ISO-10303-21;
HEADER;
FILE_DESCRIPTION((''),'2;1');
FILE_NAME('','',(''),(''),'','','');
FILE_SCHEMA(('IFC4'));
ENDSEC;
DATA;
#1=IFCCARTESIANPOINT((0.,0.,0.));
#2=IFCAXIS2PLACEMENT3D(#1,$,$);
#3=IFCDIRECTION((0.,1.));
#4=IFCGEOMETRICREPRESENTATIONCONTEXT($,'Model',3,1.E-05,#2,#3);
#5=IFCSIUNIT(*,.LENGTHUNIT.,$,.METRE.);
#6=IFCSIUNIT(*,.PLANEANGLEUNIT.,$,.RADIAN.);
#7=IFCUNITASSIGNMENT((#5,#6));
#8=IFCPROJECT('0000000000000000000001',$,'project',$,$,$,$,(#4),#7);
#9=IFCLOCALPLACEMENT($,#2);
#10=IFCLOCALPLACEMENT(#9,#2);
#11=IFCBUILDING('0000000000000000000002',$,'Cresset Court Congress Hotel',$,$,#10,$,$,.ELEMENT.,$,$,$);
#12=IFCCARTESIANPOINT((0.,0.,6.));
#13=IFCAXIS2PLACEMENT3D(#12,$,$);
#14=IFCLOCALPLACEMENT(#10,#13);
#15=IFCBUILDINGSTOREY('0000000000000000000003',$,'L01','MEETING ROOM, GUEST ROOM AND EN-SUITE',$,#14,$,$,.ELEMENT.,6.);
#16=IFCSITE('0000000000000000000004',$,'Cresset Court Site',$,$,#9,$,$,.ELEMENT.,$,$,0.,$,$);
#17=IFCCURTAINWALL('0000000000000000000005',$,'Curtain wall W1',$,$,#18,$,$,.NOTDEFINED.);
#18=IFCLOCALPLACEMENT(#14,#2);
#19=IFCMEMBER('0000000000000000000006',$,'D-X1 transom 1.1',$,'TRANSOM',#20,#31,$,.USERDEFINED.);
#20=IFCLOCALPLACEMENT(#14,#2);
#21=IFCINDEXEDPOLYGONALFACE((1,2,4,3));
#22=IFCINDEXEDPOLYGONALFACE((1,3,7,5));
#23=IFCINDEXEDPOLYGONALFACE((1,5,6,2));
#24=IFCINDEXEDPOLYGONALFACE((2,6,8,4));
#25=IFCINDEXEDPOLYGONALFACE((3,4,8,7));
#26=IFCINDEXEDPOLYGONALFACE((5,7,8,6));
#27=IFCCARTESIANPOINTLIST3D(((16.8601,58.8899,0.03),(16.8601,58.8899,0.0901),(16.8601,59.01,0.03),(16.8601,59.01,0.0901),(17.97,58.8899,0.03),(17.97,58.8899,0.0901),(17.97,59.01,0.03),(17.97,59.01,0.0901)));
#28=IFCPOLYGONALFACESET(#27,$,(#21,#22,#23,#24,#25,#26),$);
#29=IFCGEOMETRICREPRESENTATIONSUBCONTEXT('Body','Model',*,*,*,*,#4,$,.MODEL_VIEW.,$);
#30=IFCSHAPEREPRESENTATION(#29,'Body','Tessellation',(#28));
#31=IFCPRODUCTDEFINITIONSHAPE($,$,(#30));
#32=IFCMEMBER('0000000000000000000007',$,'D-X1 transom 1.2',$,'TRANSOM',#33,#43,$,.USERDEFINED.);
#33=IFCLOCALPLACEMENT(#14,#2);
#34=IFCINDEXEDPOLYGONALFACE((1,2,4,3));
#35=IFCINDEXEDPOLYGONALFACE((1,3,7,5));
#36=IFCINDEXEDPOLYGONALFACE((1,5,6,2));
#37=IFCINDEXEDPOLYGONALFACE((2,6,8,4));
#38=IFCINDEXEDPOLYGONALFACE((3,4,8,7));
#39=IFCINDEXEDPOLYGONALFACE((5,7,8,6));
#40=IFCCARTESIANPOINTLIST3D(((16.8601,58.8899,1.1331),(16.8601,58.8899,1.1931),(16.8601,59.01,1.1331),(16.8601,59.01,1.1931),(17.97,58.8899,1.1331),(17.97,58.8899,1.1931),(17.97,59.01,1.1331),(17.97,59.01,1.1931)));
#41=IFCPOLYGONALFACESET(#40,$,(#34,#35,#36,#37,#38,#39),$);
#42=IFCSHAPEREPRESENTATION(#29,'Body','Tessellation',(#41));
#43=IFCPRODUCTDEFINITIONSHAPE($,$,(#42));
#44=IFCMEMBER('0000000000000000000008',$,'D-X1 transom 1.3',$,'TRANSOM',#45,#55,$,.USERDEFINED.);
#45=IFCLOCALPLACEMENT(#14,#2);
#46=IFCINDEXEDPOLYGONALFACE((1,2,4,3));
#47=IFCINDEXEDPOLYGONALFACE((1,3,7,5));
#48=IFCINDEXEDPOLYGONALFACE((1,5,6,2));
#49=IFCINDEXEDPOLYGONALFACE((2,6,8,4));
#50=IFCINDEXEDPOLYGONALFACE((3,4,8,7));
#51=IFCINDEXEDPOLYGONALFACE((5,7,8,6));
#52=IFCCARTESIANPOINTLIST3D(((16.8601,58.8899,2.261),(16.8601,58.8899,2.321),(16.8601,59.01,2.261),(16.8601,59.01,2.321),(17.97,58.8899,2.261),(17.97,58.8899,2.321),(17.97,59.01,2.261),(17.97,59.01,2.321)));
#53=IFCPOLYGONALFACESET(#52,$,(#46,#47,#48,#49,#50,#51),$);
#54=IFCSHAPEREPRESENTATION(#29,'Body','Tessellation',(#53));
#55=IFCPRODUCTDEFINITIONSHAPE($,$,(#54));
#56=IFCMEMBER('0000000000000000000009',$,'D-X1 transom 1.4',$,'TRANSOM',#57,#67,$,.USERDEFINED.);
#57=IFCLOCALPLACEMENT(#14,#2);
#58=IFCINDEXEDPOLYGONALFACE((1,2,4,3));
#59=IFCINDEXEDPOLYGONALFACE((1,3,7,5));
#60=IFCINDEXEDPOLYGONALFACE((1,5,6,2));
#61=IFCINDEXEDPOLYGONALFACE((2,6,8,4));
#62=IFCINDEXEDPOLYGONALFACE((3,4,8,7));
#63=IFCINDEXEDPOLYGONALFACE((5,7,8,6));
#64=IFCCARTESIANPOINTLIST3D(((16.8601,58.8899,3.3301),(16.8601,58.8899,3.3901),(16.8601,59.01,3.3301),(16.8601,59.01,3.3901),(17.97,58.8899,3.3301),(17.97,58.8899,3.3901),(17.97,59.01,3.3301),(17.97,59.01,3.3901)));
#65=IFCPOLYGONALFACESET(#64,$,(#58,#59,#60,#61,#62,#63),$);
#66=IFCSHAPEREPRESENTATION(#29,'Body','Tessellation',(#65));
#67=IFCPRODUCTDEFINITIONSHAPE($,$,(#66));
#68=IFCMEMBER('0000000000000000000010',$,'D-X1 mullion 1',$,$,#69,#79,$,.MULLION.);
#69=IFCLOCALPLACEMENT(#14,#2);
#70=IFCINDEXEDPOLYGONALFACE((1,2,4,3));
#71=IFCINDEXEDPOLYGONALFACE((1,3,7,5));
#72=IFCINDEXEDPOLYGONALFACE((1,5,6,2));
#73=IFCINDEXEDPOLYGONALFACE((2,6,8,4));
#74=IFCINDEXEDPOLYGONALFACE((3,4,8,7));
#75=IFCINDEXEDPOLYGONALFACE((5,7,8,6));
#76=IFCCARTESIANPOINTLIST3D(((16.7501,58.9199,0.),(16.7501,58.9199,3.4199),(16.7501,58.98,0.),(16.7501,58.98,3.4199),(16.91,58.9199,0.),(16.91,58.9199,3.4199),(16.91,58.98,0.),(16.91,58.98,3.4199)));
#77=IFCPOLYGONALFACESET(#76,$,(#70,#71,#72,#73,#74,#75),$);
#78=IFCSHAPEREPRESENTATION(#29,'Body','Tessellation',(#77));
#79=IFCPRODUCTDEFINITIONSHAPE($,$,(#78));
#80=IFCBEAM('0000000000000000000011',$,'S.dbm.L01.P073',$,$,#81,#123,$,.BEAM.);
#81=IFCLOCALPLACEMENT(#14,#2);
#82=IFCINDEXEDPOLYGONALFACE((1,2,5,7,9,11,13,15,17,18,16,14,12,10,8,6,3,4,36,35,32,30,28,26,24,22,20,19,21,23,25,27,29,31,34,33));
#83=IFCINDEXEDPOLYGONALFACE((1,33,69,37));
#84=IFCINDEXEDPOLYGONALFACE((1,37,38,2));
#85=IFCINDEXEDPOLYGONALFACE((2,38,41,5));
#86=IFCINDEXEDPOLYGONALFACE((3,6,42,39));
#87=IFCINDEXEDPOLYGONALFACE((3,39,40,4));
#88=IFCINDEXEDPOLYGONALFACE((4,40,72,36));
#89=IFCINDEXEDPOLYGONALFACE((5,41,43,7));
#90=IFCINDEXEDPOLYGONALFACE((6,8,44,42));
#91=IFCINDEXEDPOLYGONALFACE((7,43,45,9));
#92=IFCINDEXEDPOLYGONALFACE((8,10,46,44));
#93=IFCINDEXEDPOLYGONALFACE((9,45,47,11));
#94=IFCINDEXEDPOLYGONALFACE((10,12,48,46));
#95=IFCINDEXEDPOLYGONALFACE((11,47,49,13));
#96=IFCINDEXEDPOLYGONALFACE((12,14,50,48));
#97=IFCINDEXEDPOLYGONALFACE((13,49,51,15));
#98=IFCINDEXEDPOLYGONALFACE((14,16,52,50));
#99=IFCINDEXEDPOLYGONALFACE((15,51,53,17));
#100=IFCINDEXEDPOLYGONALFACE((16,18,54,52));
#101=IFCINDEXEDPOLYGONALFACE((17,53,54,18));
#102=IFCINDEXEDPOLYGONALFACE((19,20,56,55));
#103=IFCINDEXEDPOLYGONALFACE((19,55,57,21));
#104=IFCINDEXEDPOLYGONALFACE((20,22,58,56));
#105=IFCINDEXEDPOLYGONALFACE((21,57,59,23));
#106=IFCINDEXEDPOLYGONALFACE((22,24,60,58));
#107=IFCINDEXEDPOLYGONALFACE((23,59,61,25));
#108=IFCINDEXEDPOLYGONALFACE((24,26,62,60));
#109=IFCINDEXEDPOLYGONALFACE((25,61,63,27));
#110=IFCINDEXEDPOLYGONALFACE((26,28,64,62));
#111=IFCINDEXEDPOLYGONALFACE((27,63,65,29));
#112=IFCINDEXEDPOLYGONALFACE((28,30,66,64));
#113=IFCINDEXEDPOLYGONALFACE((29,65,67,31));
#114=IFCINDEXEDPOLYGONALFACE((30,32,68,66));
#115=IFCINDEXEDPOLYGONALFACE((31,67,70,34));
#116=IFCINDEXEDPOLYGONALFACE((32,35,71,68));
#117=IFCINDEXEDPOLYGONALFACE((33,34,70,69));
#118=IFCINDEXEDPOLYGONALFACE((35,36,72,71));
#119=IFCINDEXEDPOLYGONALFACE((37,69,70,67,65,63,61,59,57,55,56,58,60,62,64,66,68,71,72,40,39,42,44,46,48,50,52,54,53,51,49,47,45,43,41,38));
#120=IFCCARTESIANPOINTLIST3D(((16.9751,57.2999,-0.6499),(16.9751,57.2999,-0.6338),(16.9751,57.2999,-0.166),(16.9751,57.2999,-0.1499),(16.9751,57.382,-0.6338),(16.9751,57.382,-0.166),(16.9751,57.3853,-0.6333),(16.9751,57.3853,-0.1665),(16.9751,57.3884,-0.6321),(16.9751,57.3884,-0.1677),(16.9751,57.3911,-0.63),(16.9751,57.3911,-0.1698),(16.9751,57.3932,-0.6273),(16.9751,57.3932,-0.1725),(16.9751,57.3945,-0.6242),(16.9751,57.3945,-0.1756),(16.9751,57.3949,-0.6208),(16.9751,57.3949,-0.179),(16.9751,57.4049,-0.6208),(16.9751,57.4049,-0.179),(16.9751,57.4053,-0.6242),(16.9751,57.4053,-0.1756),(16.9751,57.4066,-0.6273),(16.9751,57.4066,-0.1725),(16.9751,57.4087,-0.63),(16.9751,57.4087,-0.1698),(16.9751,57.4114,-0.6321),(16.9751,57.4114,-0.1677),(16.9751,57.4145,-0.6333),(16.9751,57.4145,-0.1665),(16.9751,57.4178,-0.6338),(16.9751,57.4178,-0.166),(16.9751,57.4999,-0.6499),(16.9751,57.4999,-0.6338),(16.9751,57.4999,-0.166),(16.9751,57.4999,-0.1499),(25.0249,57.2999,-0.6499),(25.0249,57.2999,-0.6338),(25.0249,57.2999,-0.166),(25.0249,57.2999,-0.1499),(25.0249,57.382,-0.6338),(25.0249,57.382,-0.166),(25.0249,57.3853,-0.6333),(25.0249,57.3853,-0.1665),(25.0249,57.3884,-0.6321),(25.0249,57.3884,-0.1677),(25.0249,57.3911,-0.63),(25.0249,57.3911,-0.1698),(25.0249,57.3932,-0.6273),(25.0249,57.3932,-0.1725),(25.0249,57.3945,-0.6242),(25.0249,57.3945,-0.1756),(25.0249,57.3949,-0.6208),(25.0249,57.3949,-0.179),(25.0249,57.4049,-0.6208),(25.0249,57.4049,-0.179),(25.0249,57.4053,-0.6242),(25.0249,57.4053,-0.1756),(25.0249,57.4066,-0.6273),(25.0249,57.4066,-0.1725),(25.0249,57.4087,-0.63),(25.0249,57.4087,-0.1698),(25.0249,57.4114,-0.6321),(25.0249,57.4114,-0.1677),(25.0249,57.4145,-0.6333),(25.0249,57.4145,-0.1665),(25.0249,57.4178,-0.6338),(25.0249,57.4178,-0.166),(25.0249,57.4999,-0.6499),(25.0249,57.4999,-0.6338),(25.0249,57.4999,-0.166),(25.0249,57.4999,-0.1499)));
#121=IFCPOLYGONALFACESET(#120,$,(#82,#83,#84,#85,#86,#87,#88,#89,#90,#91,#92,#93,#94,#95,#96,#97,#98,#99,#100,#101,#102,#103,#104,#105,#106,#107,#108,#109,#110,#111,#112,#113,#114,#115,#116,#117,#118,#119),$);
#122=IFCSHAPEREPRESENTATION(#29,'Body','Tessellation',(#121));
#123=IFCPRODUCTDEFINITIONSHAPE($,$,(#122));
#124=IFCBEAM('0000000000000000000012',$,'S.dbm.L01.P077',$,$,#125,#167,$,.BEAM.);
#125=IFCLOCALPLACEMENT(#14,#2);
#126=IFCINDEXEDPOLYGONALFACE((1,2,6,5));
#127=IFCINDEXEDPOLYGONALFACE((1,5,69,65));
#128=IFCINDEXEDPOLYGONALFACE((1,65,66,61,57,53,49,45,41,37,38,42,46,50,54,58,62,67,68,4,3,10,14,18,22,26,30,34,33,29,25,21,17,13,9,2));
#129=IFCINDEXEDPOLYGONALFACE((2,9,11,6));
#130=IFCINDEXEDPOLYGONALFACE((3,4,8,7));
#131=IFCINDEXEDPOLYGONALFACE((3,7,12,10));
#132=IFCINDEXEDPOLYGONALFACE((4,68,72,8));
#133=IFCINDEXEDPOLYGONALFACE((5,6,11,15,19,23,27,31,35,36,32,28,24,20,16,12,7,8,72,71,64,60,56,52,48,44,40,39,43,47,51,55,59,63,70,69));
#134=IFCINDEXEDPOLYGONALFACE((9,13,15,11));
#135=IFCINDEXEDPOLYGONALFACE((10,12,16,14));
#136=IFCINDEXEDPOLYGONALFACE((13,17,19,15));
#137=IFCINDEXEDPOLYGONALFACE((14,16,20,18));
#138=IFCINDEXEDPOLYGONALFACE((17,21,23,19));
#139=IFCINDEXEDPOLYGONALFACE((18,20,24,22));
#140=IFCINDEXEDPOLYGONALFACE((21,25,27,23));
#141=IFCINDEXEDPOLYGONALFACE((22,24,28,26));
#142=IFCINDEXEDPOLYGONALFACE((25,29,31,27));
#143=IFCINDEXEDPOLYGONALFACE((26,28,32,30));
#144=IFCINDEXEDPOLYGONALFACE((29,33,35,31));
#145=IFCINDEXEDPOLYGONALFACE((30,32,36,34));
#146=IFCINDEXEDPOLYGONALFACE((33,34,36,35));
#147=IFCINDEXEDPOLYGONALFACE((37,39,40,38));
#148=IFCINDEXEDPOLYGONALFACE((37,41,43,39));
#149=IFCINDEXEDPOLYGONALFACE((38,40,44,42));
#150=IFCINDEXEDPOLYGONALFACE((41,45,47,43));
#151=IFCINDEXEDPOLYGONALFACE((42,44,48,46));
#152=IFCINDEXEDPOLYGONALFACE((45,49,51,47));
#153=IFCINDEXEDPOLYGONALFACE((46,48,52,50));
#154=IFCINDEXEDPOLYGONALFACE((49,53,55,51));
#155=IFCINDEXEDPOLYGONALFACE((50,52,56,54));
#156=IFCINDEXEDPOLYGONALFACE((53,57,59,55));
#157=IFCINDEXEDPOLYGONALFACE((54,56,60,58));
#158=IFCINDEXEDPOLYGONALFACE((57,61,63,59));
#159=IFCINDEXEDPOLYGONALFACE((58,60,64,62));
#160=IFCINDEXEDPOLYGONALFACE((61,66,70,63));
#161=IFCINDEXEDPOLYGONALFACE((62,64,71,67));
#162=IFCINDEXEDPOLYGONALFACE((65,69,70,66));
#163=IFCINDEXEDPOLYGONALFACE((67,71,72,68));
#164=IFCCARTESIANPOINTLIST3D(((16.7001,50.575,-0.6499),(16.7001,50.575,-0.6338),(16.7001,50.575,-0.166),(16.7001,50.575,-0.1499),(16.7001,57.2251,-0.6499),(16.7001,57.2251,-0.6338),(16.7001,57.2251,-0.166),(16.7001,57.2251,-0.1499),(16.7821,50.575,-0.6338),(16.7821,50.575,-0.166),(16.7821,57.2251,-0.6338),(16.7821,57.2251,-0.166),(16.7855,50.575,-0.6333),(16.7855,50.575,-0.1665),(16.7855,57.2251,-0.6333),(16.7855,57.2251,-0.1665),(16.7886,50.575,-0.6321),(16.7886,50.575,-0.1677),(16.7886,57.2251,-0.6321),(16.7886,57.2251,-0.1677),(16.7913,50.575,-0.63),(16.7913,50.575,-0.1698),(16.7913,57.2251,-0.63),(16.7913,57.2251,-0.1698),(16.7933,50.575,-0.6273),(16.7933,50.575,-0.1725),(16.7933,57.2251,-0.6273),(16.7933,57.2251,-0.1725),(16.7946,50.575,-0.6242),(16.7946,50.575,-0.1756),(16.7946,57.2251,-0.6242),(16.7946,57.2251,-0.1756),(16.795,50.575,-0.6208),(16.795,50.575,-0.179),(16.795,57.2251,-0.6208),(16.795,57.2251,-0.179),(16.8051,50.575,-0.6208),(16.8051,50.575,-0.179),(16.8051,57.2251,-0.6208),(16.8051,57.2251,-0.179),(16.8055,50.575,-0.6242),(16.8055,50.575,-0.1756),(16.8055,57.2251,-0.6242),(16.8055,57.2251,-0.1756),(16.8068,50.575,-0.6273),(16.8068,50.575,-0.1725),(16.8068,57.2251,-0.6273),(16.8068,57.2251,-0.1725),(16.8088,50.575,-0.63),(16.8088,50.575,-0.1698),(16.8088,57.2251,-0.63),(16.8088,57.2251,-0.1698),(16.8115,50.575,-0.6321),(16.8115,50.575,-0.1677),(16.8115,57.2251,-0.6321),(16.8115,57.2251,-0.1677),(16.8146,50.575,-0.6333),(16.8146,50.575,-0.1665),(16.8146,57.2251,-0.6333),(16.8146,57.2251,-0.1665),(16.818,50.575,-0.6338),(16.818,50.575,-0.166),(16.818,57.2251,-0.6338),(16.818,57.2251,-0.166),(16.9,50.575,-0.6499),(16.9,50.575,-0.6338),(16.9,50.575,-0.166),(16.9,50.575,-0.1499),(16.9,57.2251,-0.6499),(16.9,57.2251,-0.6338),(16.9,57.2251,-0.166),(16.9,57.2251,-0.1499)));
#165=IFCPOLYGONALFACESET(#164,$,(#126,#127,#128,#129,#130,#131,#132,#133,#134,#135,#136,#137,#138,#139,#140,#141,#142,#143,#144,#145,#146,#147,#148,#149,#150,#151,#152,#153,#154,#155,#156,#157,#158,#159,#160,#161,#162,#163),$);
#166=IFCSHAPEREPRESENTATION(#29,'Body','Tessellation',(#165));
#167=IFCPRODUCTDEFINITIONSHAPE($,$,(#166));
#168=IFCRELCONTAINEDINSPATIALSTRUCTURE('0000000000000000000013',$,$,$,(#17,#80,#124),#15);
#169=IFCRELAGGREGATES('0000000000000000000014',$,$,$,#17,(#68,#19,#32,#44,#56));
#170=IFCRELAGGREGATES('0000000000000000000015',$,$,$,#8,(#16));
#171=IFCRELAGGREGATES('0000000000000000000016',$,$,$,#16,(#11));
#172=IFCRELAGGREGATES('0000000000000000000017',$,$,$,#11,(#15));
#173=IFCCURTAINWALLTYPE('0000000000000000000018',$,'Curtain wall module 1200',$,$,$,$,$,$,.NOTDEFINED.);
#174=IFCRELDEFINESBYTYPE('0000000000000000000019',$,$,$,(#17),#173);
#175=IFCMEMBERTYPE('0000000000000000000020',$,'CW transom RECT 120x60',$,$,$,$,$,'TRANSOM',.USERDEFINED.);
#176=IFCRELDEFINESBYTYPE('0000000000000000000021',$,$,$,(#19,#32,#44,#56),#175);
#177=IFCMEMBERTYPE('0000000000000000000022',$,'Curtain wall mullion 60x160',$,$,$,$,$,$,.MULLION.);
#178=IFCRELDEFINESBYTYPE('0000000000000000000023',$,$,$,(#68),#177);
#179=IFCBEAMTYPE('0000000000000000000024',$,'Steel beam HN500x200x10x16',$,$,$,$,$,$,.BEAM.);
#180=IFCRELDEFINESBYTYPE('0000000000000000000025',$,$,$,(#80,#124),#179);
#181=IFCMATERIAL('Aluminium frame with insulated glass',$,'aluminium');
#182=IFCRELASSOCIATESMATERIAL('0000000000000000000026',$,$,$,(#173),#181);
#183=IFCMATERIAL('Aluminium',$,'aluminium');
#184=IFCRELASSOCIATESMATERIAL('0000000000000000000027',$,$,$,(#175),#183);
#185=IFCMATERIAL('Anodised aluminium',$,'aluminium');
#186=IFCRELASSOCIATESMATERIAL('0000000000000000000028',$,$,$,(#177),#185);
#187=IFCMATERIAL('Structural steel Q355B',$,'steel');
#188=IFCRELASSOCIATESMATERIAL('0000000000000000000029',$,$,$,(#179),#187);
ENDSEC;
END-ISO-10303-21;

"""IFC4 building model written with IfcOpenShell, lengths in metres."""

from ifc_helpers import new_model, si_unit, direction, frame, origin, origin_2d, place, context, subcontext, project, spatial, rectangle, i_section, extrude, material, material_profile, profile_set, type_object, element, aggregate, save


model = new_model("IFC4")

# Units and contexts
model_context = context("Model", 3, precision=1e-05, world=origin(), true_north=direction((0.0, 1.0)))
body_context = subcontext(model_context, "Body", "Model", "MODEL_VIEW")
ifc_project = project(units=[si_unit("LENGTHUNIT", "METRE"), si_unit("PLANEANGLEUNIT", "RADIAN")], contexts=[model_context])

# Site, building, storey
site_placement = place(None, origin())
site = spatial("IfcSite", under=ifc_project, at=site_placement, Name="Cresset Court Site", CompositionType="ELEMENT", RefElevation=0.0)
building_placement = place(site_placement, origin())
building = spatial("IfcBuilding", under=site, at=building_placement, Name="Cresset Court Congress Hotel", CompositionType="ELEMENT")
storey_placement = place(building_placement, frame((0.0, 0.0, 6.0)))
storey = spatial("IfcBuildingStorey", under=building, at=storey_placement, Name="L01", Description="MEETING ROOM, GUEST ROOM AND EN-SUITE", CompositionType="ELEMENT", Elevation=6.0)

# Curtain wall, members
ifc_material_1 = material(Name="Aluminium frame with insulated glass", Category="aluminium")
curtain_wall_type = type_object("IfcCurtainWallType", Name="Curtain wall module 1200", PredefinedType="NOTDEFINED", material=ifc_material_1)
curtain_wall_placement = place(storey_placement, origin())
curtain_wall = element("IfcCurtainWall", 1, at=curtain_wall_placement, inside=storey, type_object=curtain_wall_type, Name="Curtain wall W1", PredefinedType="NOTDEFINED")
ifc_material_2 = material(Name="Aluminium", Category="aluminium")
ifc_material_profile_1 = material_profile(ifc_material_2, rectangle(XDim=0.1201, YDim=0.0601, at=origin_2d()), Name="AL 120x60")
ifc_profile_set_1 = profile_set([ifc_material_profile_1], Name="Aluminium")
member_type_1 = type_object("IfcMemberType", Name="CW transom RECT 120x60", ElementType="TRANSOM", PredefinedType="USERDEFINED", material=ifc_profile_set_1)
member_1_placement = place(storey_placement, frame((16.8601, 58.95, 0.0601), z_axis=(1.0, 0.0, 0.0), x_axis=(0.0, 1.0, 0.0)))
member_1 = element("IfcMember", 2, at=member_1_placement, type_object=member_type_1, Name="D-X1 transom 1.1", ObjectType="TRANSOM", PredefinedType="USERDEFINED", context=body_context, shape_type="SweptSolid", body=[
    extrude(rectangle(XDim=0.1201, YDim=0.0601, at=origin_2d()), origin(), (0.0, 0.0, 1.0), 1.1099),
])
member_2_placement = place(storey_placement, frame((16.8601, 58.95, 1.1631), z_axis=(1.0, 0.0, 0.0), x_axis=(0.0, 1.0, 0.0)))
member_2 = element("IfcMember", 3, at=member_2_placement, type_object=member_type_1, Name="D-X1 transom 1.2", ObjectType="TRANSOM", PredefinedType="USERDEFINED", context=body_context, shape_type="SweptSolid", body=[
    extrude(rectangle(XDim=0.1201, YDim=0.0601, at=origin_2d()), origin(), (0.0, 0.0, 1.0), 1.1099),
])
member_3_placement = place(storey_placement, frame((16.8601, 58.95, 2.291), z_axis=(1.0, 0.0, 0.0), x_axis=(0.0, 1.0, 0.0)))
member_3 = element("IfcMember", 4, at=member_3_placement, type_object=member_type_1, Name="D-X1 transom 1.3", ObjectType="TRANSOM", PredefinedType="USERDEFINED", context=body_context, shape_type="SweptSolid", body=[
    extrude(rectangle(XDim=0.1201, YDim=0.0601, at=origin_2d()), origin(), (0.0, 0.0, 1.0), 1.1099),
])
member_4_placement = place(storey_placement, frame((16.8601, 58.95, 3.3601), z_axis=(1.0, 0.0, 0.0), x_axis=(0.0, 1.0, 0.0)))
member_4 = element("IfcMember", 5, at=member_4_placement, type_object=member_type_1, Name="D-X1 transom 1.4", ObjectType="TRANSOM", PredefinedType="USERDEFINED", context=body_context, shape_type="SweptSolid", body=[
    extrude(rectangle(XDim=0.1201, YDim=0.0601, at=origin_2d()), origin(), (0.0, 0.0, 1.0), 1.1099),
])
ifc_material_3 = material(Name="Anodised aluminium", Category="aluminium")
ifc_material_profile_2 = material_profile(ifc_material_3, rectangle(XDim=0.0601, YDim=0.1599, at=origin_2d()), Name="AL60x160")
ifc_profile_set_2 = profile_set([ifc_material_profile_2], Name="Anodised aluminium")
member_type_2 = type_object("IfcMemberType", Name="Curtain wall mullion 60x160", PredefinedType="MULLION", material=ifc_profile_set_2)
member_5_placement = place(storey_placement, frame((16.8301, 58.95, 0.0), z_axis=(0.0, 0.0, 1.0), x_axis=(0.0, 1.0, 0.0)))
member_5 = element("IfcMember", 6, at=member_5_placement, type_object=member_type_2, Name="D-X1 mullion 1", PredefinedType="MULLION", context=body_context, shape_type="SweptSolid", body=[
    extrude(rectangle(XDim=0.0601, YDim=0.1599, at=origin_2d()), origin(), (0.0, 0.0, 1.0), 3.4199),
])

# Beams
ifc_material_4 = material(Name="Structural steel Q355B", Category="steel")
ifc_material_profile_3 = material_profile(ifc_material_4, i_section(OverallWidth=0.2, OverallDepth=0.5, WebThickness=0.01, FlangeThickness=0.0161, FilletRadius=0.0129, at=origin_2d()), Name="HN500x200x10x16")
ifc_profile_set_3 = profile_set([ifc_material_profile_3], Name="Structural steel Q355B")
beam_type_1 = type_object("IfcBeamType", Name="Steel beam HN500x200x10x16", PredefinedType="BEAM", material=ifc_profile_set_3)
beam_1_placement = place(storey_placement, frame((16.9751, 57.3999, -0.3999), z_axis=(1.0, 0.0, 0.0), x_axis=(0.0, 1.0, 0.0)))
element("IfcBeam", 7, at=beam_1_placement, inside=storey, type_object=beam_type_1, Name="S.dbm.L01.P073", PredefinedType="BEAM", context=body_context, shape_type="SweptSolid", body=[
    extrude(i_section(OverallWidth=0.2, OverallDepth=0.5, WebThickness=0.01, FlangeThickness=0.0161, FilletRadius=0.0129, at=origin_2d()), origin(), (0.0, 0.0, 1.0), 8.0498),
])
beam_2_placement = place(storey_placement, frame((16.8, 50.575, -0.3999), z_axis=(0.0, 1.0, 0.0), x_axis=(-1.0, 0.0, 0.0)))
element("IfcBeam", 8, at=beam_2_placement, inside=storey, type_object=beam_type_1, Name="S.dbm.L01.P077", PredefinedType="BEAM", context=body_context, shape_type="SweptSolid", body=[
    extrude(i_section(OverallWidth=0.2, OverallDepth=0.5, WebThickness=0.01, FlangeThickness=0.0161, FilletRadius=0.0129, at=origin_2d()), origin(), (0.0, 0.0, 1.0), 6.6501),
])

aggregate(curtain_wall, [member_5, member_1, member_2, member_3, member_4])

save(model, "model.ifc")
